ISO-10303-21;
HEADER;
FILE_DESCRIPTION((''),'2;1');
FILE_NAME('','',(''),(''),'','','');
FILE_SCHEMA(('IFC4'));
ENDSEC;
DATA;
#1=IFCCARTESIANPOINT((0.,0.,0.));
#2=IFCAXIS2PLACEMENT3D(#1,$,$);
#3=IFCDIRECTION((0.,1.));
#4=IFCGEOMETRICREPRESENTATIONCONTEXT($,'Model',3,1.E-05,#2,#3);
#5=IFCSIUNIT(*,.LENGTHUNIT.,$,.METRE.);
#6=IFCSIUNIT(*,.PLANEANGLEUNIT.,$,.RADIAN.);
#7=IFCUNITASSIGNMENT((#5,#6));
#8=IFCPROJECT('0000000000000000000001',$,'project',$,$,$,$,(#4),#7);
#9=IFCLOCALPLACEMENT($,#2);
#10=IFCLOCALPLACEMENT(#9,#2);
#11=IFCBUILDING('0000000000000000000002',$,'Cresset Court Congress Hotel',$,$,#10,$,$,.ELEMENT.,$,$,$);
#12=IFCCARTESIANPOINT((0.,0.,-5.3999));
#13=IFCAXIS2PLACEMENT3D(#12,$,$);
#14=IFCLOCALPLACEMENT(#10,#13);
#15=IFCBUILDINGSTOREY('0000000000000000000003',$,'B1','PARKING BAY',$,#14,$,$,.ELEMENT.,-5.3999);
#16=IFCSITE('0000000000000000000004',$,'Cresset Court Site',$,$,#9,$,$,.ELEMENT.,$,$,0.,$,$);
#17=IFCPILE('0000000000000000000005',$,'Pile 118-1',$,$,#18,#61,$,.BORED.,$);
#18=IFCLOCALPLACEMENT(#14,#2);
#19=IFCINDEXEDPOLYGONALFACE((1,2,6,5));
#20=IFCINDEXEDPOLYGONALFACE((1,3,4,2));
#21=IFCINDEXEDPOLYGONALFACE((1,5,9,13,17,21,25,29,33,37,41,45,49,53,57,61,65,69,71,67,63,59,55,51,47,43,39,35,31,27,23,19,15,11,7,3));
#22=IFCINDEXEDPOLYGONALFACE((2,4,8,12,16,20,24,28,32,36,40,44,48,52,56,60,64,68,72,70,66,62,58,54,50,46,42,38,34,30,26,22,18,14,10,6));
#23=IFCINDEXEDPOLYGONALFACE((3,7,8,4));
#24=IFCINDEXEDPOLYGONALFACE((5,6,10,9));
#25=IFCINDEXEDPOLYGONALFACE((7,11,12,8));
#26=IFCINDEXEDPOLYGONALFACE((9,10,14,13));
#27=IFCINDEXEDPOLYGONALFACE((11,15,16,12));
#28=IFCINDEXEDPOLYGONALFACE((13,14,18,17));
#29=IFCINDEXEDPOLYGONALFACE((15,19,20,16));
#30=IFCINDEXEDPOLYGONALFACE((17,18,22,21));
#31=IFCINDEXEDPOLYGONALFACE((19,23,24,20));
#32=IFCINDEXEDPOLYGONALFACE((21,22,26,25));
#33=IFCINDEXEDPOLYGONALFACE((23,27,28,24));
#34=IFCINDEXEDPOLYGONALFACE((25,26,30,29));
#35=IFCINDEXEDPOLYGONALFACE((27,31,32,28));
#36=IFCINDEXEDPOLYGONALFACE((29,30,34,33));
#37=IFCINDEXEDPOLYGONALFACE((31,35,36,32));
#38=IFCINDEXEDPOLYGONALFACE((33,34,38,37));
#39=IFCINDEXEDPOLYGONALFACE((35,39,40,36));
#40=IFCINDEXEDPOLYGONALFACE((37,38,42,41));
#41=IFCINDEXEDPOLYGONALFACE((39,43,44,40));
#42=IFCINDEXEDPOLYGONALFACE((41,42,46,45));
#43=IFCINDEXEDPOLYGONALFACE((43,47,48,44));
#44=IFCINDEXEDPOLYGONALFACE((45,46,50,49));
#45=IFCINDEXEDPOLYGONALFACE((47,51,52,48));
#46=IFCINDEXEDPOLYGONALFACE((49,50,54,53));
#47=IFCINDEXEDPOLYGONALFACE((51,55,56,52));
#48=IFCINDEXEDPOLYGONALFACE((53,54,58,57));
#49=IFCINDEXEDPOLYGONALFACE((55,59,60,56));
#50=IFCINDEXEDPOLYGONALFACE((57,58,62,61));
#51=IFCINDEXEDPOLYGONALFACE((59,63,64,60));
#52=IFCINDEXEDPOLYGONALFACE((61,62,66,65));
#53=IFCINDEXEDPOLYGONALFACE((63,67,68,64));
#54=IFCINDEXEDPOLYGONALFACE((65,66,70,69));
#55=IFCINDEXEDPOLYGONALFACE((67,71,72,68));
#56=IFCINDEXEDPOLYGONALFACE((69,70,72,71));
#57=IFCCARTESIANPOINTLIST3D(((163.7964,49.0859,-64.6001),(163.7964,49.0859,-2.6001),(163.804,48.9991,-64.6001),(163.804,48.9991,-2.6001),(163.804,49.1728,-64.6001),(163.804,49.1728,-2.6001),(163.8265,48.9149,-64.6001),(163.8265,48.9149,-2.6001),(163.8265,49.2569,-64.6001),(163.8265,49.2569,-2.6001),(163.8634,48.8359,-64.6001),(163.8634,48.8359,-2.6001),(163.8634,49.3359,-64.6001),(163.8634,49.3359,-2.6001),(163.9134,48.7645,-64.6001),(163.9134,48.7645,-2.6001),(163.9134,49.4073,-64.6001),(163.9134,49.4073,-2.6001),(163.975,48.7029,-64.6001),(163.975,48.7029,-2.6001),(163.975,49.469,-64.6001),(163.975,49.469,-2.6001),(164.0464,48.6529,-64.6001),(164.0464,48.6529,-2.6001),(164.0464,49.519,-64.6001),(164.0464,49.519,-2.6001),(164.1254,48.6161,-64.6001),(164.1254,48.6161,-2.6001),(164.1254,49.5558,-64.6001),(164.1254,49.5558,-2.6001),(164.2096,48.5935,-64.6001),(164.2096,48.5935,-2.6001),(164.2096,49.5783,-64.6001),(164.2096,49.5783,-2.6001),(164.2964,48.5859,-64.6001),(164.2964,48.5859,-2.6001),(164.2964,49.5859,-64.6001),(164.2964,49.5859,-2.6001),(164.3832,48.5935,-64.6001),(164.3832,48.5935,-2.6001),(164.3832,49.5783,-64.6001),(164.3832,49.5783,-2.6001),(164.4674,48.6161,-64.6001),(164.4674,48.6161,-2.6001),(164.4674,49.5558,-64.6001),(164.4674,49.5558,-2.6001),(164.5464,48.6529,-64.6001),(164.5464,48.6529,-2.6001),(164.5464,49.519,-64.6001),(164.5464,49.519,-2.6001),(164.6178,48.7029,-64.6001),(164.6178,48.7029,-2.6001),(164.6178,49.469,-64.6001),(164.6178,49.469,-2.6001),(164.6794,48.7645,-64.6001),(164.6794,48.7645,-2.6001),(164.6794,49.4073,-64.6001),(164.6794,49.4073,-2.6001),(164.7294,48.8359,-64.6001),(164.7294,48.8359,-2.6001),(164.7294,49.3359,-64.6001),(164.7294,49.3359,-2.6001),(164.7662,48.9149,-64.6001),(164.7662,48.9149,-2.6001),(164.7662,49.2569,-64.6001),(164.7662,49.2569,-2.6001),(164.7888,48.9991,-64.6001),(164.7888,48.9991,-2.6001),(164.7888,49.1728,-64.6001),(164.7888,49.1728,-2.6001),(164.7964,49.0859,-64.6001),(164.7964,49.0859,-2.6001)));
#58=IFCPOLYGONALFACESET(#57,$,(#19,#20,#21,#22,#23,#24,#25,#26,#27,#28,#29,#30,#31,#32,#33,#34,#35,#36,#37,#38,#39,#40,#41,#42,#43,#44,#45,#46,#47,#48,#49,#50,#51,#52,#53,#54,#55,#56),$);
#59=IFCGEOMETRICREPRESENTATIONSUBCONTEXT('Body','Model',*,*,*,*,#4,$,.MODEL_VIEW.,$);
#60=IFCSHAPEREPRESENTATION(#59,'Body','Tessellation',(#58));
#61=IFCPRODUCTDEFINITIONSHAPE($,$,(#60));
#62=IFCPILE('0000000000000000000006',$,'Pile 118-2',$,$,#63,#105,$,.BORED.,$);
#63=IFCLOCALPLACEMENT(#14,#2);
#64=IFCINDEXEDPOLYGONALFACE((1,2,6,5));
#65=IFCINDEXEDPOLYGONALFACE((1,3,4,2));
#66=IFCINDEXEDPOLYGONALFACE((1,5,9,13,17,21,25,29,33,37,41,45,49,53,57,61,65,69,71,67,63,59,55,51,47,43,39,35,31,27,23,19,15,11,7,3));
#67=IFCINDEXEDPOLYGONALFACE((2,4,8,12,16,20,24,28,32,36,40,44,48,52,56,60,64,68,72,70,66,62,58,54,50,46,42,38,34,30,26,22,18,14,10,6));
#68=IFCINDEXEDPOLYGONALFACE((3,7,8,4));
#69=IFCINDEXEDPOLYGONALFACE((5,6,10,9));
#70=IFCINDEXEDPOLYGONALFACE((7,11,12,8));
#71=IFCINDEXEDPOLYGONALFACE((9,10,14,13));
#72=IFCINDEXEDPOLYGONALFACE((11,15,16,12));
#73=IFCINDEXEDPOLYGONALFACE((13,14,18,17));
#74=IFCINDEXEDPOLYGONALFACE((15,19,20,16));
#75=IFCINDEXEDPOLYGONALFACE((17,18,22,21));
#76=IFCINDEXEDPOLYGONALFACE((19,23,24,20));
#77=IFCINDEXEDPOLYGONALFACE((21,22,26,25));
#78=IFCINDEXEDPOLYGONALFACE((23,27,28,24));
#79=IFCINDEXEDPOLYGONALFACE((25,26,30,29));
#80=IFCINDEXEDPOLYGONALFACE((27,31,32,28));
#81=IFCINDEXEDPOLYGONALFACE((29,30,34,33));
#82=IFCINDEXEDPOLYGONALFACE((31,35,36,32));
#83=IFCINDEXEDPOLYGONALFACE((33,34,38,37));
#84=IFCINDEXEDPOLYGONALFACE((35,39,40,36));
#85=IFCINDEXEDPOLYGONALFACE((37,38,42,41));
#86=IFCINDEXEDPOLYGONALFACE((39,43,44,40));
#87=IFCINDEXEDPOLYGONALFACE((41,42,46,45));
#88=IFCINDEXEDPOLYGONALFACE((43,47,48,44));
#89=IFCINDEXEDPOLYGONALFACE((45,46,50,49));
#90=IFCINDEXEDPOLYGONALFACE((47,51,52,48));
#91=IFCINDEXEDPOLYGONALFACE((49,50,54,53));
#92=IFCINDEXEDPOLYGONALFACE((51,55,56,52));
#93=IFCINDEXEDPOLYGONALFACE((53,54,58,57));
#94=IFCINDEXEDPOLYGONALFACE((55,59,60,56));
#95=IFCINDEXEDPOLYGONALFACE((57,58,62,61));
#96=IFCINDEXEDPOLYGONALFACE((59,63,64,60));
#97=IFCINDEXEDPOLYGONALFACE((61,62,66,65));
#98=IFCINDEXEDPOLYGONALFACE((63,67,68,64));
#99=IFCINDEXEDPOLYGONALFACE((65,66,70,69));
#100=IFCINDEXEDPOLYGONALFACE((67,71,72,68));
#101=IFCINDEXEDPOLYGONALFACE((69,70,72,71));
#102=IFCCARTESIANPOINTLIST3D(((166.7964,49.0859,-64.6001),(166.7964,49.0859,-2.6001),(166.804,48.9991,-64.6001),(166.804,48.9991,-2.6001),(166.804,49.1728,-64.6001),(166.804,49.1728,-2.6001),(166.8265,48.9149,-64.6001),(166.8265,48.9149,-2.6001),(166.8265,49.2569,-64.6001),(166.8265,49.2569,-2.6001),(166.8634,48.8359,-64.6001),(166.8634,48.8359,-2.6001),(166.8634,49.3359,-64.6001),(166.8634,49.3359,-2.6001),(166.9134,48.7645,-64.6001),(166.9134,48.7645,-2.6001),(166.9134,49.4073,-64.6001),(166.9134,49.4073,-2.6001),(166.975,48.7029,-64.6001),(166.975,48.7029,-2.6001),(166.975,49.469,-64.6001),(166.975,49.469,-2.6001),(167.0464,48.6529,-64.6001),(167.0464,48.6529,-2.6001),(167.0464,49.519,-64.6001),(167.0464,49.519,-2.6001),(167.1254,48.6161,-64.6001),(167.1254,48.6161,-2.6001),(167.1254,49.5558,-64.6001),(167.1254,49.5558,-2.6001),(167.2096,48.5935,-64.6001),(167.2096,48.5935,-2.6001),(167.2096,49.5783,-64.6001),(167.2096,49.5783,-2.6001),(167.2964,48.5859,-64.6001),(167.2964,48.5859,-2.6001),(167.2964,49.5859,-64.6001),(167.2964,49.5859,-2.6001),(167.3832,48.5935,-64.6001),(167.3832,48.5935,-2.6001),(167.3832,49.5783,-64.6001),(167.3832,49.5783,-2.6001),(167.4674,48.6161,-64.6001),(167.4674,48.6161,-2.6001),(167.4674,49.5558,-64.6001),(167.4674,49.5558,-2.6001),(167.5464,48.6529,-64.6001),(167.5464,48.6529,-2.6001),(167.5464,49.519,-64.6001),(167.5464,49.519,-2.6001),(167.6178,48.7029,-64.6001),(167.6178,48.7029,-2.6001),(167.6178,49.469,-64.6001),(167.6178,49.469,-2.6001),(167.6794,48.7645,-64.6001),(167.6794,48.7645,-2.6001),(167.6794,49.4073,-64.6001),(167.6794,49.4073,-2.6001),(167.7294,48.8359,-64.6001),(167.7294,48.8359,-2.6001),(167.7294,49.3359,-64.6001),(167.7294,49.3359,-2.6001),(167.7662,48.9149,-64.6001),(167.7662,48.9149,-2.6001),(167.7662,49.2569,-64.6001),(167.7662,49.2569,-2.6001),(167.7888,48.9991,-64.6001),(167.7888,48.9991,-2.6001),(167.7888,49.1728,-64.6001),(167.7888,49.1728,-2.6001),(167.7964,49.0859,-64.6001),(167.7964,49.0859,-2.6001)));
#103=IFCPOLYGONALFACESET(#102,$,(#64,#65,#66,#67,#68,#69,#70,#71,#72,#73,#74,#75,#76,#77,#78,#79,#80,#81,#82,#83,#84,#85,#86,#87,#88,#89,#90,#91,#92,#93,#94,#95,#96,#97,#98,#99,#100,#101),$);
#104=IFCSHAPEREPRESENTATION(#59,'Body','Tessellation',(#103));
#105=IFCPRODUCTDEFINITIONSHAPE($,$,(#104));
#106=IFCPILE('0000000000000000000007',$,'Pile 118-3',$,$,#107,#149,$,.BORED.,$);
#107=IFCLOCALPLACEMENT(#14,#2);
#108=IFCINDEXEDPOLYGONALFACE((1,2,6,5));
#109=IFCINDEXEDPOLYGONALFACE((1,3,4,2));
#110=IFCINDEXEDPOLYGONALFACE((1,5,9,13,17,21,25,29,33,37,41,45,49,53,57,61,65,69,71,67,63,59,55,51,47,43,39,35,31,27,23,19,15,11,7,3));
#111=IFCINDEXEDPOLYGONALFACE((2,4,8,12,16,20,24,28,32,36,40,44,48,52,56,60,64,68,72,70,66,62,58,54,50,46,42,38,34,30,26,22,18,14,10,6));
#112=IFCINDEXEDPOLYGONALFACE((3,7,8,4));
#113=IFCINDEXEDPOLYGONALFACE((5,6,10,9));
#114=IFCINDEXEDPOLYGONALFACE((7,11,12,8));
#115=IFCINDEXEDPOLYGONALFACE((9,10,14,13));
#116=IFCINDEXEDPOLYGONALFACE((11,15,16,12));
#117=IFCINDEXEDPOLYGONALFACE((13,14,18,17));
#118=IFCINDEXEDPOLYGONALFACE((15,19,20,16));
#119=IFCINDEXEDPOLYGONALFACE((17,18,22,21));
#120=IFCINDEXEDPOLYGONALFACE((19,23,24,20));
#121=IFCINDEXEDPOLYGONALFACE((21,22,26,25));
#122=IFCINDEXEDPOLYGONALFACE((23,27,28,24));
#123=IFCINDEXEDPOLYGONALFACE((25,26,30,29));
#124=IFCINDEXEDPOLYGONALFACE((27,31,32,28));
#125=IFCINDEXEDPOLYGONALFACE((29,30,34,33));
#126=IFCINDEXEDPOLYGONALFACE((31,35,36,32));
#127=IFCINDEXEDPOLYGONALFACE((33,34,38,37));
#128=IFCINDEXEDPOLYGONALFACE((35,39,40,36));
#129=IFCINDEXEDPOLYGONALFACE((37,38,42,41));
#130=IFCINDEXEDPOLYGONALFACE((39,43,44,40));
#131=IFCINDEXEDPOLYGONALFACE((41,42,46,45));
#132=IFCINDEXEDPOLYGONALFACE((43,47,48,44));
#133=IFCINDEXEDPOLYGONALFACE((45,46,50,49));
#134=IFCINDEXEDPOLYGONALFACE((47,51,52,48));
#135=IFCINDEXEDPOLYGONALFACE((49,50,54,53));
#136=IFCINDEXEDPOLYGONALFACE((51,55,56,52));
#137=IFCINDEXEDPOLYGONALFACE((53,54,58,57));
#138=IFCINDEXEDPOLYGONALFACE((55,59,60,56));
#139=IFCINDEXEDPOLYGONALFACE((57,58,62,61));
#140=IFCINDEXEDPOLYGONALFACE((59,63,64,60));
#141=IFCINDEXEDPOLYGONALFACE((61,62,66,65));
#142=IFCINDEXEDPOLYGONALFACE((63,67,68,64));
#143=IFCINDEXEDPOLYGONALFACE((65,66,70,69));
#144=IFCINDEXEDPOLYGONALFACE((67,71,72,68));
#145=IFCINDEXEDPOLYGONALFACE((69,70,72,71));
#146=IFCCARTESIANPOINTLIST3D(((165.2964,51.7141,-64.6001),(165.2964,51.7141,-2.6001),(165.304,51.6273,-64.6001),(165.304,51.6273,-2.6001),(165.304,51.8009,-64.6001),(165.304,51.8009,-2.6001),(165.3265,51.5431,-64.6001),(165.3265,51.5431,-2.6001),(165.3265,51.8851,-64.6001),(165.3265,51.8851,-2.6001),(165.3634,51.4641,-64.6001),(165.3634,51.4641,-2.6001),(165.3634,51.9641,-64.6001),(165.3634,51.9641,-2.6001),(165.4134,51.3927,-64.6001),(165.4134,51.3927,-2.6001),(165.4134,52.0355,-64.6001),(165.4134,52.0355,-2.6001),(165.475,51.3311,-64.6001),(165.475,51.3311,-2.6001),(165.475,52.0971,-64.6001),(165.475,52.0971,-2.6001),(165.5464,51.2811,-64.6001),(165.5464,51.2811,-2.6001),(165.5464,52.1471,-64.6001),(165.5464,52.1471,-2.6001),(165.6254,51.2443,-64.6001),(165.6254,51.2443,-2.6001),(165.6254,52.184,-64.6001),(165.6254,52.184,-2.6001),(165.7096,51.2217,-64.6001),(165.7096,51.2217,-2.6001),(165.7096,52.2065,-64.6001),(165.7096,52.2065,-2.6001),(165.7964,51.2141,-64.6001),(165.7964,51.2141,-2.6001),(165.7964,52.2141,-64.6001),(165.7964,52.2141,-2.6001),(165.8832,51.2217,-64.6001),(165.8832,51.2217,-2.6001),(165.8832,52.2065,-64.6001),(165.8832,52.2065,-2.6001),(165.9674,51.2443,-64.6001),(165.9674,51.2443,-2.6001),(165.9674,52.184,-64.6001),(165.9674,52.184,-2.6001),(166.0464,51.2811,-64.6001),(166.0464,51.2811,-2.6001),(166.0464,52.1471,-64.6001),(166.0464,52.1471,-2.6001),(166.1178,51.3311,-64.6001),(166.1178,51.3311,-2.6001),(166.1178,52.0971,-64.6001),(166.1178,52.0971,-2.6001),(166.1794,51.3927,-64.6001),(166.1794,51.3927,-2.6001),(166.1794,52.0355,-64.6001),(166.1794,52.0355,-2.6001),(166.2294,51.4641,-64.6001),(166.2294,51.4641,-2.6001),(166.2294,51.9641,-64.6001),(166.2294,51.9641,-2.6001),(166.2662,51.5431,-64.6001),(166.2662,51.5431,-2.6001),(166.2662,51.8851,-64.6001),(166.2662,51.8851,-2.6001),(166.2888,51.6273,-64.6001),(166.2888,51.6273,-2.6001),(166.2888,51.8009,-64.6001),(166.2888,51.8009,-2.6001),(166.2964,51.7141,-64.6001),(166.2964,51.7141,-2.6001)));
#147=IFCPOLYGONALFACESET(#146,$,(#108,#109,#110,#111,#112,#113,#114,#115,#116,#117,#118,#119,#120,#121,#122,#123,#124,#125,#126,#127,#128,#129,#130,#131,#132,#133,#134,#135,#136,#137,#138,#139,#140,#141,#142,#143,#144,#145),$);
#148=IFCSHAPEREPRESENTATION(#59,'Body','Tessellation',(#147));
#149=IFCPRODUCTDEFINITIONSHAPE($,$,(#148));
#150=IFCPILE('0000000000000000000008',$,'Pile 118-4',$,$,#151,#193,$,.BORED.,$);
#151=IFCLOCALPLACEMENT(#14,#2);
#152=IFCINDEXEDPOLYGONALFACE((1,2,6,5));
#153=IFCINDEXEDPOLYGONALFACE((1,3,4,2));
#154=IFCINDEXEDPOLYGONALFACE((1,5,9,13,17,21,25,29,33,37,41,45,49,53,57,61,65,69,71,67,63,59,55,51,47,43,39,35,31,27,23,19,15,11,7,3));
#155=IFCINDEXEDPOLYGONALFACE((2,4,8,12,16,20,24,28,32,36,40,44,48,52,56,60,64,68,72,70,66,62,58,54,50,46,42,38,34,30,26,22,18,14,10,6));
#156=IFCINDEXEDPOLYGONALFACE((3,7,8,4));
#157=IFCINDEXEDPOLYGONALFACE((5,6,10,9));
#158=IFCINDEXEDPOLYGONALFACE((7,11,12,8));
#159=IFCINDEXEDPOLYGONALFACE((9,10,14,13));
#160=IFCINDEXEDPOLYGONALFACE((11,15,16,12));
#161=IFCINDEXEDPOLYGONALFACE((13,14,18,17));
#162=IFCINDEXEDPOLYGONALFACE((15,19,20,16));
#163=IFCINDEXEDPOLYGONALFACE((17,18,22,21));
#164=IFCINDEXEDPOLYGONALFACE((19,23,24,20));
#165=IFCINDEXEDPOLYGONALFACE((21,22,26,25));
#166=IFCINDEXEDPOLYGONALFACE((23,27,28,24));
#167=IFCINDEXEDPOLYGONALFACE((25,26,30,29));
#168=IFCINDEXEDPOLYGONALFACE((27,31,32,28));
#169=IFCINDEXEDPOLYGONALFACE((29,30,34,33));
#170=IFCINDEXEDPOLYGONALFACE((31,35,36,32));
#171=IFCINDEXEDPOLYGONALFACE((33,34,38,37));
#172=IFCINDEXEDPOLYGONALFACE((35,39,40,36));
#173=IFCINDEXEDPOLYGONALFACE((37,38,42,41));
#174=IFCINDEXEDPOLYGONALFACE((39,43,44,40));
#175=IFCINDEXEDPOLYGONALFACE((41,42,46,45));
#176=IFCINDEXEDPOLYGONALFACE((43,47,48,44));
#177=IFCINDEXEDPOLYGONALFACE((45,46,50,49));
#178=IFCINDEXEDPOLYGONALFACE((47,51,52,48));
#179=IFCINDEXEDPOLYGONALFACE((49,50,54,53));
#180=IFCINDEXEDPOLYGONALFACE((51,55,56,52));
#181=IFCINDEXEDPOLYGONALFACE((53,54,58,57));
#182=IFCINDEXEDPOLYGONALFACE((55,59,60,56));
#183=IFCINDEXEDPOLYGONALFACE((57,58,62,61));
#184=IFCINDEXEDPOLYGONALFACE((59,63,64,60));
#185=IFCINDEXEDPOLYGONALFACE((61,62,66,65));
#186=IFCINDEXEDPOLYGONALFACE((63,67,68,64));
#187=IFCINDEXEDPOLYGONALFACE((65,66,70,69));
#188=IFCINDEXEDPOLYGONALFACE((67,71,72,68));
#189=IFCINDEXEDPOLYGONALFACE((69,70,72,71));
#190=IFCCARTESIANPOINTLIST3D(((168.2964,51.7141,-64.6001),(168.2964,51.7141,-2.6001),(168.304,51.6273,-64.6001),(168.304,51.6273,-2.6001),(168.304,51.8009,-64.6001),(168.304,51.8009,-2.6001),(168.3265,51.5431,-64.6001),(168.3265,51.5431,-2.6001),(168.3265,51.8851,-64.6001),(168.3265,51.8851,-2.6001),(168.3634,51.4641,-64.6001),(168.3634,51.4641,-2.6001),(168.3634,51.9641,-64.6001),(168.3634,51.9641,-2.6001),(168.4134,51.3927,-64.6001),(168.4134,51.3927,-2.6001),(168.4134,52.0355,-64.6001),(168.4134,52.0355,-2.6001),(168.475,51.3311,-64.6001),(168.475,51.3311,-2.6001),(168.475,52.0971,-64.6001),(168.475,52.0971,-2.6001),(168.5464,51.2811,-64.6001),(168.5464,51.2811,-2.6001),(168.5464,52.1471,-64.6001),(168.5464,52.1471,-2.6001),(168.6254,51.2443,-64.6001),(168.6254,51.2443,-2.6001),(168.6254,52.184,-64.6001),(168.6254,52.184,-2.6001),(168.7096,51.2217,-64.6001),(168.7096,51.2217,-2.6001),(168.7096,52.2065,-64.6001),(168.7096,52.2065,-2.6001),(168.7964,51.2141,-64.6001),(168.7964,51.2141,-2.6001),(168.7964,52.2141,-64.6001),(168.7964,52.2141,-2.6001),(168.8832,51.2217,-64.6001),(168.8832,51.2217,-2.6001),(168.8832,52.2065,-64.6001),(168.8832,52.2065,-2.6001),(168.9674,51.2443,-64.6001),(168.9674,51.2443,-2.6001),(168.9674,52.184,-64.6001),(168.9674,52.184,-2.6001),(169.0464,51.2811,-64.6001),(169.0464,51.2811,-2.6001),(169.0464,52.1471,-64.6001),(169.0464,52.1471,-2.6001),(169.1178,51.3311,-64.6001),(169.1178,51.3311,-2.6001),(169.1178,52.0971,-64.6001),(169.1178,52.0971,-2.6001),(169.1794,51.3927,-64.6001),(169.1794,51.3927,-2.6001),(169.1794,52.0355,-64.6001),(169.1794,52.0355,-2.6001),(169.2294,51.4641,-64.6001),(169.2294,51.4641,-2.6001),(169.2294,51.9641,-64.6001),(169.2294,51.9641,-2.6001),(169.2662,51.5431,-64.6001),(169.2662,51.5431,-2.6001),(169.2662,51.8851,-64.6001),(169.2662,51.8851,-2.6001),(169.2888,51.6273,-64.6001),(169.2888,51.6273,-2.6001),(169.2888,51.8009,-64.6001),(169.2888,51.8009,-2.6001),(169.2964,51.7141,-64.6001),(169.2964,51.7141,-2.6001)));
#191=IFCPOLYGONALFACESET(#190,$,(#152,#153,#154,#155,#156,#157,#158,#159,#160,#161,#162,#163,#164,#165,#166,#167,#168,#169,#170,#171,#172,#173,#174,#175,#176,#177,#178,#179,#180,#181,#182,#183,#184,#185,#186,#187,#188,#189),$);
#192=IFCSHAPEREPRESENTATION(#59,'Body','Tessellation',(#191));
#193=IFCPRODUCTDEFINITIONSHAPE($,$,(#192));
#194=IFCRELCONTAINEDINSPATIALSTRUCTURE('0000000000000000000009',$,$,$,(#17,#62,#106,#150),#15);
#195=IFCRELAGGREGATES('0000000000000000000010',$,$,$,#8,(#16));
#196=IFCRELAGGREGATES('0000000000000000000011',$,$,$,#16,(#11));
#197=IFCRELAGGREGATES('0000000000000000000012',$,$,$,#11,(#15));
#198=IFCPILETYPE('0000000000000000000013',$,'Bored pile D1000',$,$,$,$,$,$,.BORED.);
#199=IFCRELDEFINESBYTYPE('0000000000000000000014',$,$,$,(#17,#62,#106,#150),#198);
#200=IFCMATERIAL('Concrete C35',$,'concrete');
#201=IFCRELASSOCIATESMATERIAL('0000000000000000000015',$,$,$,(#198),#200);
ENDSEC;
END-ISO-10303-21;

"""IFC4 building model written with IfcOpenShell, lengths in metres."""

from ifc_helpers import new_model, si_unit, direction, frame, origin, origin_2d, place, context, subcontext, project, spatial, circle, extrude, material, type_object, element, save


model = new_model("IFC4")

# Units and contexts
model_context = context("Model", 3, precision=1e-05, world=origin(), true_north=direction((0.0, 1.0)))
body_context = subcontext(model_context, "Body", "Model", "MODEL_VIEW")
ifc_project = project(units=[si_unit("LENGTHUNIT", "METRE"), si_unit("PLANEANGLEUNIT", "RADIAN")], contexts=[model_context])

# Site, building, storey
site_placement = place(None, origin())
site = spatial("IfcSite", under=ifc_project, at=site_placement, Name="Cresset Court Site", CompositionType="ELEMENT", RefElevation=0.0)
building_placement = place(site_placement, origin())
building = spatial("IfcBuilding", under=site, at=building_placement, Name="Cresset Court Congress Hotel", CompositionType="ELEMENT")
storey_placement = place(building_placement, frame((0.0, 0.0, -5.3999)))
storey = spatial("IfcBuildingStorey", under=building, at=storey_placement, Name="B1", Description="PARKING BAY", CompositionType="ELEMENT", Elevation=-5.3999)

# Piles
ifc_material_1 = material(Name="Concrete C35", Category="concrete")
pile_type = type_object("IfcPileType", Name="Bored pile D1000", PredefinedType="BORED", material=ifc_material_1)
for number, where, z_axis, x_axis, name in (
    (1, (164.2964, 49.0859, -2.6001), (0.0, 0.0, -1.0), (1.0, 0.0, 0.0), "Pile 118-1"),
    (2, (167.2964, 49.0859, -2.6001), (0.0, 0.0, -1.0), (1.0, 0.0, 0.0), "Pile 118-2"),
    (3, (165.7964, 51.7141, -2.6001), (0.0, 0.0, -1.0), (1.0, 0.0, 0.0), "Pile 118-3"),
    (4, (168.7964, 51.7141, -2.6001), (0.0, 0.0, -1.0), (1.0, 0.0, 0.0), "Pile 118-4"),
):
    element("IfcPile", number, at=place(storey_placement, frame(where, z_axis=z_axis, x_axis=x_axis)), inside=storey, type_object=pile_type, Name=name, PredefinedType="BORED", context=body_context, shape_type="SweptSolid", body=[
        extrude(circle(Radius=0.5, at=origin_2d()), origin(), (0.0, 0.0, 1.0), 62.0),
    ])

save(model, "model.ifc")
